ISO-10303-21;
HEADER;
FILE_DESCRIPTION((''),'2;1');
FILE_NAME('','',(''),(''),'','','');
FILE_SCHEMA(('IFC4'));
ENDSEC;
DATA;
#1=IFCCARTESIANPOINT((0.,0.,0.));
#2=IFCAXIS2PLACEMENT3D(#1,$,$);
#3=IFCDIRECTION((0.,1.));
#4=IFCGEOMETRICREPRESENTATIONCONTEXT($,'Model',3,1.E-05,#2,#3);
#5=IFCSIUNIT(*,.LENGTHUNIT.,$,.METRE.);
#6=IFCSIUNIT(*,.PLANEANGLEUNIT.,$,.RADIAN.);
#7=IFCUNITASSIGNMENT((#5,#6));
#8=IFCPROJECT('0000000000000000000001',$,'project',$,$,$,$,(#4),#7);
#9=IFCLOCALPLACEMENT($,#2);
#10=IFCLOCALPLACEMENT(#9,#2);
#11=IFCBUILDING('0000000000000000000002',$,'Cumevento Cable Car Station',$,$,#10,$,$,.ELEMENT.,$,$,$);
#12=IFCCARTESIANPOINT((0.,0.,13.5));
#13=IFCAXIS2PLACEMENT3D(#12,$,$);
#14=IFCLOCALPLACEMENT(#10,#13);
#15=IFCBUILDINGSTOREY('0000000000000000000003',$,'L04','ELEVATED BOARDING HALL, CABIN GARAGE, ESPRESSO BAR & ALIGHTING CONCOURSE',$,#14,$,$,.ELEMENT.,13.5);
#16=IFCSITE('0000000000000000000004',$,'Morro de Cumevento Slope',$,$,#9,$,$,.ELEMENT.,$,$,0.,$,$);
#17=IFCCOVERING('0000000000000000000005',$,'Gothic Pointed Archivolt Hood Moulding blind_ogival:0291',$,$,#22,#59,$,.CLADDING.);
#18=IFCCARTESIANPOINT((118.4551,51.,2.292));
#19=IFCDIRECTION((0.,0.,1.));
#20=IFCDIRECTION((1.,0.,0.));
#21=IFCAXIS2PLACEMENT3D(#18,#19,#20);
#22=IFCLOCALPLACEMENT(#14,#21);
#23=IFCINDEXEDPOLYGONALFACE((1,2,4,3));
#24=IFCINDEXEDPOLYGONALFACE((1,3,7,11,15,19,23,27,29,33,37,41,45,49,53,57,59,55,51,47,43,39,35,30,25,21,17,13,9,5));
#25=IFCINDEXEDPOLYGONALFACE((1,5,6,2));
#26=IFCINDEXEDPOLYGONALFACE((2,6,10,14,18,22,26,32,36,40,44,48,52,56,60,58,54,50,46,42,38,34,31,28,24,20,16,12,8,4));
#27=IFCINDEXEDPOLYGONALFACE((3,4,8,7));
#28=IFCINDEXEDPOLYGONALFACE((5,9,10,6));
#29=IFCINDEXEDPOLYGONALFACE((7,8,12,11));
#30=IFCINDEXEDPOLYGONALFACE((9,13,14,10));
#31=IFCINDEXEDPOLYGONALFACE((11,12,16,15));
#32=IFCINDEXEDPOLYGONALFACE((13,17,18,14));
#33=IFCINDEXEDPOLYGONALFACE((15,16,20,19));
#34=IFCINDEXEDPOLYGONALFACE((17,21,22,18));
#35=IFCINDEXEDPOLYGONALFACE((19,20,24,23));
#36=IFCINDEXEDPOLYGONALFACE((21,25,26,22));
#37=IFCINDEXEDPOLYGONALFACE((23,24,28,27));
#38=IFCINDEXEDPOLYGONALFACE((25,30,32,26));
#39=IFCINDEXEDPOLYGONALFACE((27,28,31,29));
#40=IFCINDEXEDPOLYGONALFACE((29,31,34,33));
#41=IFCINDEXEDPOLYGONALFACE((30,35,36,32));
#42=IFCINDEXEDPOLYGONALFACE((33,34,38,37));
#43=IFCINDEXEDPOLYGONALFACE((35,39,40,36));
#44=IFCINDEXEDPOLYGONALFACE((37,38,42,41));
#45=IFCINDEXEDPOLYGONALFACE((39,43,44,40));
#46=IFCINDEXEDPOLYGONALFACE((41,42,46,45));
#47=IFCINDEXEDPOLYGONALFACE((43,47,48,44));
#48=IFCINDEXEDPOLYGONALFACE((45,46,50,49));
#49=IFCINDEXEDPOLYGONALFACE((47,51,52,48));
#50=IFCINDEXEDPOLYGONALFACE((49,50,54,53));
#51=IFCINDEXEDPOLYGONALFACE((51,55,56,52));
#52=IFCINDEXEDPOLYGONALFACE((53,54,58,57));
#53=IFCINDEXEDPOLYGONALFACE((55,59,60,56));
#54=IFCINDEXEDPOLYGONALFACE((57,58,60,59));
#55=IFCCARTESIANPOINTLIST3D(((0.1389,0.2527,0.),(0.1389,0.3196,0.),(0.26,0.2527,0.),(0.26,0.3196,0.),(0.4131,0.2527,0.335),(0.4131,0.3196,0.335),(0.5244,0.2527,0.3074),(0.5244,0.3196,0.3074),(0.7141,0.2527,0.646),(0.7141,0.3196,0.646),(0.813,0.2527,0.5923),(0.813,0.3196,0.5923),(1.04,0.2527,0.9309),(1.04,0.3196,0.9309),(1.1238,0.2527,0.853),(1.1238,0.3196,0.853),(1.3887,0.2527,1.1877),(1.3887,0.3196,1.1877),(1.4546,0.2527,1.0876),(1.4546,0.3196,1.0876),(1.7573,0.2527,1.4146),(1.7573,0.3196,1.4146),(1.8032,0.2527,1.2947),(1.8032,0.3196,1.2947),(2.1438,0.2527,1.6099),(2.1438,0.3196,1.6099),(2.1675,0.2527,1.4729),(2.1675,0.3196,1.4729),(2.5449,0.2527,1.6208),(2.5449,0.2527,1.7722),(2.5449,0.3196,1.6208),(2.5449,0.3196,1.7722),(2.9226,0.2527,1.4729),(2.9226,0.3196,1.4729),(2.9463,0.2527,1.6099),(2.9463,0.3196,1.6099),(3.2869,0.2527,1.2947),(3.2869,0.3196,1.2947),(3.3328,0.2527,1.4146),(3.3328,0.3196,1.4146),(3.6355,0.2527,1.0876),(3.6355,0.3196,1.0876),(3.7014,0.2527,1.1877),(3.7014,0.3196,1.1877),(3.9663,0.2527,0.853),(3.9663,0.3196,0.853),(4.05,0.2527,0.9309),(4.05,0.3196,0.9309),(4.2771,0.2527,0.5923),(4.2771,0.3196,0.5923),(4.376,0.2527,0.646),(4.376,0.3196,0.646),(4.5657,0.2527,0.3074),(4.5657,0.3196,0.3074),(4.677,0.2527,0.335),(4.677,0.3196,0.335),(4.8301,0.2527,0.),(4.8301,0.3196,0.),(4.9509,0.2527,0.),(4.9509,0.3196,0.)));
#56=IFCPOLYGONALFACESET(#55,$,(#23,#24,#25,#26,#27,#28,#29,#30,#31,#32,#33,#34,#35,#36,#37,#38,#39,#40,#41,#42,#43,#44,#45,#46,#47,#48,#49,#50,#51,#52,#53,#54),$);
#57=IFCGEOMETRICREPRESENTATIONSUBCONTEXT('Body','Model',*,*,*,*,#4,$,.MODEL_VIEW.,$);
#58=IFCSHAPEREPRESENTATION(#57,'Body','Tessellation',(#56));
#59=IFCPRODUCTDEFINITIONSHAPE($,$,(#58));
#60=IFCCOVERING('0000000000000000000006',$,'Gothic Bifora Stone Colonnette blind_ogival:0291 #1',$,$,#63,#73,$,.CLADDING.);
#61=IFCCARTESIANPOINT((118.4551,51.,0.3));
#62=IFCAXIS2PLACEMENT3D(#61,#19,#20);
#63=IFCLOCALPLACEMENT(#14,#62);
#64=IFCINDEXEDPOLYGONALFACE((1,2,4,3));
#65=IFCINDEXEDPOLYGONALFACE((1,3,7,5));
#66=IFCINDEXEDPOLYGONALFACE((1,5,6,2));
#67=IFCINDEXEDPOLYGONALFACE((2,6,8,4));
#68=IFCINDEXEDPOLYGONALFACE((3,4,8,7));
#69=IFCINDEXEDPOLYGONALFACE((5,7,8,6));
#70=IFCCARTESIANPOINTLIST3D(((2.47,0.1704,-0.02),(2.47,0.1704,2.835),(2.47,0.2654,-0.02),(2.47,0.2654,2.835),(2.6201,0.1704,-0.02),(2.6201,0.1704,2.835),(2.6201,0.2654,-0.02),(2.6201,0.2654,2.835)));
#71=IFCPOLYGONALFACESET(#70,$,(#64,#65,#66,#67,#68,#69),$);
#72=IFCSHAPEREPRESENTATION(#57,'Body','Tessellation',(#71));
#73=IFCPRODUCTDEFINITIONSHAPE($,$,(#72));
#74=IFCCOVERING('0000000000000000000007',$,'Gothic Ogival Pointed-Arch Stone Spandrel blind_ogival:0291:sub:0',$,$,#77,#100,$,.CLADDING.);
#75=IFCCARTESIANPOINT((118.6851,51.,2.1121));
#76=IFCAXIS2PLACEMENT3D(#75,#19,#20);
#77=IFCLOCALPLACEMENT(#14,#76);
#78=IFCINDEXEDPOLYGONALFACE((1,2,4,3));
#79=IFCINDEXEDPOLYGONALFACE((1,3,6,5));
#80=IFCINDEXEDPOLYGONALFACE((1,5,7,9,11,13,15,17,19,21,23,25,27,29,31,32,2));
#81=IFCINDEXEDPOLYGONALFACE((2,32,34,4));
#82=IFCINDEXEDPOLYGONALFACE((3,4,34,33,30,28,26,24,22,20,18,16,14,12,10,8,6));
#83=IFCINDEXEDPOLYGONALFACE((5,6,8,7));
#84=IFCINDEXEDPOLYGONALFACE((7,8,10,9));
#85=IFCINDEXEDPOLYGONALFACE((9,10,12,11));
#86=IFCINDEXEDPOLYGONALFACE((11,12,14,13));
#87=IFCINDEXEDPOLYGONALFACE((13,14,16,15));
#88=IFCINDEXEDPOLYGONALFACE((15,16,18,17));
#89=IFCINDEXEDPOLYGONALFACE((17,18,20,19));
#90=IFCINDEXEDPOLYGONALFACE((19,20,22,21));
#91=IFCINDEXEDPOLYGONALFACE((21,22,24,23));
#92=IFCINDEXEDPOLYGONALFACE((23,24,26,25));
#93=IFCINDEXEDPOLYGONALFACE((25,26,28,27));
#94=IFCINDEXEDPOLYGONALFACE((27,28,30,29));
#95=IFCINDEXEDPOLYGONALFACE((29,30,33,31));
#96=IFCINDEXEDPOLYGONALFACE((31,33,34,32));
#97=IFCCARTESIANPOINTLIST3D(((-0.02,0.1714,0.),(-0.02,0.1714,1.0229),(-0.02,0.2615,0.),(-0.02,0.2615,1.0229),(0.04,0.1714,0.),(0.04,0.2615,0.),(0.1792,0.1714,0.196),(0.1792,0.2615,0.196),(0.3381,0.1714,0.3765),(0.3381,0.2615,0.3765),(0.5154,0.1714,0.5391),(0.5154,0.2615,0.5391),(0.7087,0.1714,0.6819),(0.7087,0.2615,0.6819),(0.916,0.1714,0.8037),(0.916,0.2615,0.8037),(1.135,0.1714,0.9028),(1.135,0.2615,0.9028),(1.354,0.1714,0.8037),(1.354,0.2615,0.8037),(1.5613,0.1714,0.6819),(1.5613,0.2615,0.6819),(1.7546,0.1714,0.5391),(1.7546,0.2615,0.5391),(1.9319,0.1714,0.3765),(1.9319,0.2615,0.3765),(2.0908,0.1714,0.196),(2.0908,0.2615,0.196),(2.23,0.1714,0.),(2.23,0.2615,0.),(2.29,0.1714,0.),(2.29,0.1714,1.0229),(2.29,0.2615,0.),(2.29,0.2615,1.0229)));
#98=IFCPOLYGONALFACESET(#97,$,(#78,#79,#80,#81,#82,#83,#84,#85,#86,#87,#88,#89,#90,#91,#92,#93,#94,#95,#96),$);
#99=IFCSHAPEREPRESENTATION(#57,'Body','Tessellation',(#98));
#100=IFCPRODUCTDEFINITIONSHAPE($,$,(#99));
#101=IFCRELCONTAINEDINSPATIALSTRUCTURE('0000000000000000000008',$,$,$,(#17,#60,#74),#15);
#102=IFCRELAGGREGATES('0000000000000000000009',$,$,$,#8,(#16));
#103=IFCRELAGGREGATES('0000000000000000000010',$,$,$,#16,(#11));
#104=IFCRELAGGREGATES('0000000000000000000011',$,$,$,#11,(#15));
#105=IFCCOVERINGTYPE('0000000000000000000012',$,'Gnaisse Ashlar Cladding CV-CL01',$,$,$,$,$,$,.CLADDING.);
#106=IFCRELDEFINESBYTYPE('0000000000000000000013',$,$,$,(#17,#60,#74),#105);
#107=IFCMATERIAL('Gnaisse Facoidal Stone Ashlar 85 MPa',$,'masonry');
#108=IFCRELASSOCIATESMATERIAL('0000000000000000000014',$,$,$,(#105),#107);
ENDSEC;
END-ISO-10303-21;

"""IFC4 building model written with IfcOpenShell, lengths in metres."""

from ifc_helpers import new_model, si_unit, direction, frame, origin, place, context, subcontext, project, spatial, polyline, outline, extrude, material, type_object, element, save


model = new_model("IFC4")

# Units and contexts
model_context = context("Model", 3, precision=1e-05, world=origin(), true_north=direction((0.0, 1.0)))
body_context = subcontext(model_context, "Body", "Model", "MODEL_VIEW")
ifc_project = project(units=[si_unit("LENGTHUNIT", "METRE"), si_unit("PLANEANGLEUNIT", "RADIAN")], contexts=[model_context])

# Site, building, storey
site_placement = place(None, origin())
site = spatial("IfcSite", under=ifc_project, at=site_placement, Name="Morro de Cumevento Slope", CompositionType="ELEMENT", RefElevation=0.0)
building_placement = place(site_placement, origin())
building = spatial("IfcBuilding", under=site, at=building_placement, Name="Cumevento Cable Car Station", CompositionType="ELEMENT")
storey_placement = place(building_placement, frame((0.0, 0.0, 13.5)))
storey = spatial("IfcBuildingStorey", under=building, at=storey_placement, Name="L04", Description="ELEVATED BOARDING HALL, CABIN GARAGE, ESPRESSO BAR & ALIGHTING CONCOURSE", CompositionType="ELEMENT", Elevation=13.5)

# Coverings
ifc_material_1 = material(Name="Gnaisse Facoidal Stone Ashlar 85 MPa", Category="masonry")
covering_type = type_object("IfcCoveringType", Name="Gnaisse Ashlar Cladding CV-CL01", PredefinedType="CLADDING", material=ifc_material_1)
placement = place(storey_placement, frame((118.4551, 51.0, 0.3), z_axis=(0.0, 0.0, 1.0), x_axis=(1.0, 0.0, 0.0)))
covering_1_placement = place(storey_placement, frame((118.4551, 51.0, 2.292), z_axis=(0.0, 0.0, 1.0), x_axis=(1.0, 0.0, 0.0)))
element("IfcCovering", 1, at=covering_1_placement, inside=storey, type_object=covering_type, Name="Gothic Pointed Archivolt Hood Moulding blind_ogival:0291", PredefinedType="CLADDING", context=body_context, shape_type="SweptSolid", body=[
    extrude(outline(polyline([(0.26, 0.0), (0.5244, 0.3074), (0.813, 0.5923), (1.1238, 0.853), (1.4546, 1.0876), (1.8032, 1.2947), (2.1675, 1.4729), (2.5449, 1.6208), (2.9226, 1.4729), (3.2869, 1.2947), (3.6355, 1.0876), (3.9663, 0.853), (4.2771, 0.5923), (4.5657, 0.3074), (4.8301, 0.0), (4.9509, 0.0), (4.677, 0.335), (4.376, 0.646), (4.05, 0.9309), (3.7014, 1.1877), (3.3328, 1.4146), (2.9463, 1.6099), (2.5449, 1.7722), (2.1438, 1.6099), (1.7573, 1.4146), (1.3887, 1.1877), (1.04, 0.9309), (0.7141, 0.646), (0.4131, 0.335), (0.1389, 0.0), (0.26, 0.0)])), frame((0.0, 0.3196, 0.0), z_axis=(0.0, -1.0, 0.0), x_axis=(1.0, 0.0, 0.0)), (0.0, 0.0, 1.0), 0.0669),
])
element("IfcCovering", 2, at=placement, inside=storey, type_object=covering_type, Name="Gothic Bifora Stone Colonnette blind_ogival:0291 #1", PredefinedType="CLADDING", context=body_context, shape_type="SweptSolid", body=[
    extrude(outline(polyline([(2.47, -0.02), (2.6201, -0.02), (2.6201, 2.835), (2.47, 2.835), (2.47, -0.02)])), frame((0.0, 0.2654, 0.0), z_axis=(0.0, -1.0, 0.0), x_axis=(1.0, 0.0, 0.0)), (0.0, 0.0, 1.0), 0.095),
])
covering_2_placement = place(storey_placement, frame((118.6851, 51.0, 2.1121), z_axis=(0.0, 0.0, 1.0), x_axis=(1.0, 0.0, 0.0)))
element("IfcCovering", 3, at=covering_2_placement, inside=storey, type_object=covering_type, Name="Gothic Ogival Pointed-Arch Stone Spandrel blind_ogival:0291:sub:0", PredefinedType="CLADDING", context=body_context, shape_type="SweptSolid", body=[
    extrude(outline(polyline([(-0.02, 0.0), (-0.02, 1.0229), (2.29, 1.0229), (2.29, 0.0), (2.23, 0.0), (2.0908, 0.196), (1.9319, 0.3765), (1.7546, 0.5391), (1.5613, 0.6819), (1.354, 0.8037), (1.135, 0.9028), (0.916, 0.8037), (0.7087, 0.6819), (0.5154, 0.5391), (0.3381, 0.3765), (0.1792, 0.196), (0.04, 0.0), (-0.02, 0.0)])), frame((0.0, 0.2615, 0.0), z_axis=(0.0, -1.0, 0.0), x_axis=(1.0, 0.0, 0.0)), (0.0, 0.0, 1.0), 0.0901),
])

save(model, "model.ifc")
